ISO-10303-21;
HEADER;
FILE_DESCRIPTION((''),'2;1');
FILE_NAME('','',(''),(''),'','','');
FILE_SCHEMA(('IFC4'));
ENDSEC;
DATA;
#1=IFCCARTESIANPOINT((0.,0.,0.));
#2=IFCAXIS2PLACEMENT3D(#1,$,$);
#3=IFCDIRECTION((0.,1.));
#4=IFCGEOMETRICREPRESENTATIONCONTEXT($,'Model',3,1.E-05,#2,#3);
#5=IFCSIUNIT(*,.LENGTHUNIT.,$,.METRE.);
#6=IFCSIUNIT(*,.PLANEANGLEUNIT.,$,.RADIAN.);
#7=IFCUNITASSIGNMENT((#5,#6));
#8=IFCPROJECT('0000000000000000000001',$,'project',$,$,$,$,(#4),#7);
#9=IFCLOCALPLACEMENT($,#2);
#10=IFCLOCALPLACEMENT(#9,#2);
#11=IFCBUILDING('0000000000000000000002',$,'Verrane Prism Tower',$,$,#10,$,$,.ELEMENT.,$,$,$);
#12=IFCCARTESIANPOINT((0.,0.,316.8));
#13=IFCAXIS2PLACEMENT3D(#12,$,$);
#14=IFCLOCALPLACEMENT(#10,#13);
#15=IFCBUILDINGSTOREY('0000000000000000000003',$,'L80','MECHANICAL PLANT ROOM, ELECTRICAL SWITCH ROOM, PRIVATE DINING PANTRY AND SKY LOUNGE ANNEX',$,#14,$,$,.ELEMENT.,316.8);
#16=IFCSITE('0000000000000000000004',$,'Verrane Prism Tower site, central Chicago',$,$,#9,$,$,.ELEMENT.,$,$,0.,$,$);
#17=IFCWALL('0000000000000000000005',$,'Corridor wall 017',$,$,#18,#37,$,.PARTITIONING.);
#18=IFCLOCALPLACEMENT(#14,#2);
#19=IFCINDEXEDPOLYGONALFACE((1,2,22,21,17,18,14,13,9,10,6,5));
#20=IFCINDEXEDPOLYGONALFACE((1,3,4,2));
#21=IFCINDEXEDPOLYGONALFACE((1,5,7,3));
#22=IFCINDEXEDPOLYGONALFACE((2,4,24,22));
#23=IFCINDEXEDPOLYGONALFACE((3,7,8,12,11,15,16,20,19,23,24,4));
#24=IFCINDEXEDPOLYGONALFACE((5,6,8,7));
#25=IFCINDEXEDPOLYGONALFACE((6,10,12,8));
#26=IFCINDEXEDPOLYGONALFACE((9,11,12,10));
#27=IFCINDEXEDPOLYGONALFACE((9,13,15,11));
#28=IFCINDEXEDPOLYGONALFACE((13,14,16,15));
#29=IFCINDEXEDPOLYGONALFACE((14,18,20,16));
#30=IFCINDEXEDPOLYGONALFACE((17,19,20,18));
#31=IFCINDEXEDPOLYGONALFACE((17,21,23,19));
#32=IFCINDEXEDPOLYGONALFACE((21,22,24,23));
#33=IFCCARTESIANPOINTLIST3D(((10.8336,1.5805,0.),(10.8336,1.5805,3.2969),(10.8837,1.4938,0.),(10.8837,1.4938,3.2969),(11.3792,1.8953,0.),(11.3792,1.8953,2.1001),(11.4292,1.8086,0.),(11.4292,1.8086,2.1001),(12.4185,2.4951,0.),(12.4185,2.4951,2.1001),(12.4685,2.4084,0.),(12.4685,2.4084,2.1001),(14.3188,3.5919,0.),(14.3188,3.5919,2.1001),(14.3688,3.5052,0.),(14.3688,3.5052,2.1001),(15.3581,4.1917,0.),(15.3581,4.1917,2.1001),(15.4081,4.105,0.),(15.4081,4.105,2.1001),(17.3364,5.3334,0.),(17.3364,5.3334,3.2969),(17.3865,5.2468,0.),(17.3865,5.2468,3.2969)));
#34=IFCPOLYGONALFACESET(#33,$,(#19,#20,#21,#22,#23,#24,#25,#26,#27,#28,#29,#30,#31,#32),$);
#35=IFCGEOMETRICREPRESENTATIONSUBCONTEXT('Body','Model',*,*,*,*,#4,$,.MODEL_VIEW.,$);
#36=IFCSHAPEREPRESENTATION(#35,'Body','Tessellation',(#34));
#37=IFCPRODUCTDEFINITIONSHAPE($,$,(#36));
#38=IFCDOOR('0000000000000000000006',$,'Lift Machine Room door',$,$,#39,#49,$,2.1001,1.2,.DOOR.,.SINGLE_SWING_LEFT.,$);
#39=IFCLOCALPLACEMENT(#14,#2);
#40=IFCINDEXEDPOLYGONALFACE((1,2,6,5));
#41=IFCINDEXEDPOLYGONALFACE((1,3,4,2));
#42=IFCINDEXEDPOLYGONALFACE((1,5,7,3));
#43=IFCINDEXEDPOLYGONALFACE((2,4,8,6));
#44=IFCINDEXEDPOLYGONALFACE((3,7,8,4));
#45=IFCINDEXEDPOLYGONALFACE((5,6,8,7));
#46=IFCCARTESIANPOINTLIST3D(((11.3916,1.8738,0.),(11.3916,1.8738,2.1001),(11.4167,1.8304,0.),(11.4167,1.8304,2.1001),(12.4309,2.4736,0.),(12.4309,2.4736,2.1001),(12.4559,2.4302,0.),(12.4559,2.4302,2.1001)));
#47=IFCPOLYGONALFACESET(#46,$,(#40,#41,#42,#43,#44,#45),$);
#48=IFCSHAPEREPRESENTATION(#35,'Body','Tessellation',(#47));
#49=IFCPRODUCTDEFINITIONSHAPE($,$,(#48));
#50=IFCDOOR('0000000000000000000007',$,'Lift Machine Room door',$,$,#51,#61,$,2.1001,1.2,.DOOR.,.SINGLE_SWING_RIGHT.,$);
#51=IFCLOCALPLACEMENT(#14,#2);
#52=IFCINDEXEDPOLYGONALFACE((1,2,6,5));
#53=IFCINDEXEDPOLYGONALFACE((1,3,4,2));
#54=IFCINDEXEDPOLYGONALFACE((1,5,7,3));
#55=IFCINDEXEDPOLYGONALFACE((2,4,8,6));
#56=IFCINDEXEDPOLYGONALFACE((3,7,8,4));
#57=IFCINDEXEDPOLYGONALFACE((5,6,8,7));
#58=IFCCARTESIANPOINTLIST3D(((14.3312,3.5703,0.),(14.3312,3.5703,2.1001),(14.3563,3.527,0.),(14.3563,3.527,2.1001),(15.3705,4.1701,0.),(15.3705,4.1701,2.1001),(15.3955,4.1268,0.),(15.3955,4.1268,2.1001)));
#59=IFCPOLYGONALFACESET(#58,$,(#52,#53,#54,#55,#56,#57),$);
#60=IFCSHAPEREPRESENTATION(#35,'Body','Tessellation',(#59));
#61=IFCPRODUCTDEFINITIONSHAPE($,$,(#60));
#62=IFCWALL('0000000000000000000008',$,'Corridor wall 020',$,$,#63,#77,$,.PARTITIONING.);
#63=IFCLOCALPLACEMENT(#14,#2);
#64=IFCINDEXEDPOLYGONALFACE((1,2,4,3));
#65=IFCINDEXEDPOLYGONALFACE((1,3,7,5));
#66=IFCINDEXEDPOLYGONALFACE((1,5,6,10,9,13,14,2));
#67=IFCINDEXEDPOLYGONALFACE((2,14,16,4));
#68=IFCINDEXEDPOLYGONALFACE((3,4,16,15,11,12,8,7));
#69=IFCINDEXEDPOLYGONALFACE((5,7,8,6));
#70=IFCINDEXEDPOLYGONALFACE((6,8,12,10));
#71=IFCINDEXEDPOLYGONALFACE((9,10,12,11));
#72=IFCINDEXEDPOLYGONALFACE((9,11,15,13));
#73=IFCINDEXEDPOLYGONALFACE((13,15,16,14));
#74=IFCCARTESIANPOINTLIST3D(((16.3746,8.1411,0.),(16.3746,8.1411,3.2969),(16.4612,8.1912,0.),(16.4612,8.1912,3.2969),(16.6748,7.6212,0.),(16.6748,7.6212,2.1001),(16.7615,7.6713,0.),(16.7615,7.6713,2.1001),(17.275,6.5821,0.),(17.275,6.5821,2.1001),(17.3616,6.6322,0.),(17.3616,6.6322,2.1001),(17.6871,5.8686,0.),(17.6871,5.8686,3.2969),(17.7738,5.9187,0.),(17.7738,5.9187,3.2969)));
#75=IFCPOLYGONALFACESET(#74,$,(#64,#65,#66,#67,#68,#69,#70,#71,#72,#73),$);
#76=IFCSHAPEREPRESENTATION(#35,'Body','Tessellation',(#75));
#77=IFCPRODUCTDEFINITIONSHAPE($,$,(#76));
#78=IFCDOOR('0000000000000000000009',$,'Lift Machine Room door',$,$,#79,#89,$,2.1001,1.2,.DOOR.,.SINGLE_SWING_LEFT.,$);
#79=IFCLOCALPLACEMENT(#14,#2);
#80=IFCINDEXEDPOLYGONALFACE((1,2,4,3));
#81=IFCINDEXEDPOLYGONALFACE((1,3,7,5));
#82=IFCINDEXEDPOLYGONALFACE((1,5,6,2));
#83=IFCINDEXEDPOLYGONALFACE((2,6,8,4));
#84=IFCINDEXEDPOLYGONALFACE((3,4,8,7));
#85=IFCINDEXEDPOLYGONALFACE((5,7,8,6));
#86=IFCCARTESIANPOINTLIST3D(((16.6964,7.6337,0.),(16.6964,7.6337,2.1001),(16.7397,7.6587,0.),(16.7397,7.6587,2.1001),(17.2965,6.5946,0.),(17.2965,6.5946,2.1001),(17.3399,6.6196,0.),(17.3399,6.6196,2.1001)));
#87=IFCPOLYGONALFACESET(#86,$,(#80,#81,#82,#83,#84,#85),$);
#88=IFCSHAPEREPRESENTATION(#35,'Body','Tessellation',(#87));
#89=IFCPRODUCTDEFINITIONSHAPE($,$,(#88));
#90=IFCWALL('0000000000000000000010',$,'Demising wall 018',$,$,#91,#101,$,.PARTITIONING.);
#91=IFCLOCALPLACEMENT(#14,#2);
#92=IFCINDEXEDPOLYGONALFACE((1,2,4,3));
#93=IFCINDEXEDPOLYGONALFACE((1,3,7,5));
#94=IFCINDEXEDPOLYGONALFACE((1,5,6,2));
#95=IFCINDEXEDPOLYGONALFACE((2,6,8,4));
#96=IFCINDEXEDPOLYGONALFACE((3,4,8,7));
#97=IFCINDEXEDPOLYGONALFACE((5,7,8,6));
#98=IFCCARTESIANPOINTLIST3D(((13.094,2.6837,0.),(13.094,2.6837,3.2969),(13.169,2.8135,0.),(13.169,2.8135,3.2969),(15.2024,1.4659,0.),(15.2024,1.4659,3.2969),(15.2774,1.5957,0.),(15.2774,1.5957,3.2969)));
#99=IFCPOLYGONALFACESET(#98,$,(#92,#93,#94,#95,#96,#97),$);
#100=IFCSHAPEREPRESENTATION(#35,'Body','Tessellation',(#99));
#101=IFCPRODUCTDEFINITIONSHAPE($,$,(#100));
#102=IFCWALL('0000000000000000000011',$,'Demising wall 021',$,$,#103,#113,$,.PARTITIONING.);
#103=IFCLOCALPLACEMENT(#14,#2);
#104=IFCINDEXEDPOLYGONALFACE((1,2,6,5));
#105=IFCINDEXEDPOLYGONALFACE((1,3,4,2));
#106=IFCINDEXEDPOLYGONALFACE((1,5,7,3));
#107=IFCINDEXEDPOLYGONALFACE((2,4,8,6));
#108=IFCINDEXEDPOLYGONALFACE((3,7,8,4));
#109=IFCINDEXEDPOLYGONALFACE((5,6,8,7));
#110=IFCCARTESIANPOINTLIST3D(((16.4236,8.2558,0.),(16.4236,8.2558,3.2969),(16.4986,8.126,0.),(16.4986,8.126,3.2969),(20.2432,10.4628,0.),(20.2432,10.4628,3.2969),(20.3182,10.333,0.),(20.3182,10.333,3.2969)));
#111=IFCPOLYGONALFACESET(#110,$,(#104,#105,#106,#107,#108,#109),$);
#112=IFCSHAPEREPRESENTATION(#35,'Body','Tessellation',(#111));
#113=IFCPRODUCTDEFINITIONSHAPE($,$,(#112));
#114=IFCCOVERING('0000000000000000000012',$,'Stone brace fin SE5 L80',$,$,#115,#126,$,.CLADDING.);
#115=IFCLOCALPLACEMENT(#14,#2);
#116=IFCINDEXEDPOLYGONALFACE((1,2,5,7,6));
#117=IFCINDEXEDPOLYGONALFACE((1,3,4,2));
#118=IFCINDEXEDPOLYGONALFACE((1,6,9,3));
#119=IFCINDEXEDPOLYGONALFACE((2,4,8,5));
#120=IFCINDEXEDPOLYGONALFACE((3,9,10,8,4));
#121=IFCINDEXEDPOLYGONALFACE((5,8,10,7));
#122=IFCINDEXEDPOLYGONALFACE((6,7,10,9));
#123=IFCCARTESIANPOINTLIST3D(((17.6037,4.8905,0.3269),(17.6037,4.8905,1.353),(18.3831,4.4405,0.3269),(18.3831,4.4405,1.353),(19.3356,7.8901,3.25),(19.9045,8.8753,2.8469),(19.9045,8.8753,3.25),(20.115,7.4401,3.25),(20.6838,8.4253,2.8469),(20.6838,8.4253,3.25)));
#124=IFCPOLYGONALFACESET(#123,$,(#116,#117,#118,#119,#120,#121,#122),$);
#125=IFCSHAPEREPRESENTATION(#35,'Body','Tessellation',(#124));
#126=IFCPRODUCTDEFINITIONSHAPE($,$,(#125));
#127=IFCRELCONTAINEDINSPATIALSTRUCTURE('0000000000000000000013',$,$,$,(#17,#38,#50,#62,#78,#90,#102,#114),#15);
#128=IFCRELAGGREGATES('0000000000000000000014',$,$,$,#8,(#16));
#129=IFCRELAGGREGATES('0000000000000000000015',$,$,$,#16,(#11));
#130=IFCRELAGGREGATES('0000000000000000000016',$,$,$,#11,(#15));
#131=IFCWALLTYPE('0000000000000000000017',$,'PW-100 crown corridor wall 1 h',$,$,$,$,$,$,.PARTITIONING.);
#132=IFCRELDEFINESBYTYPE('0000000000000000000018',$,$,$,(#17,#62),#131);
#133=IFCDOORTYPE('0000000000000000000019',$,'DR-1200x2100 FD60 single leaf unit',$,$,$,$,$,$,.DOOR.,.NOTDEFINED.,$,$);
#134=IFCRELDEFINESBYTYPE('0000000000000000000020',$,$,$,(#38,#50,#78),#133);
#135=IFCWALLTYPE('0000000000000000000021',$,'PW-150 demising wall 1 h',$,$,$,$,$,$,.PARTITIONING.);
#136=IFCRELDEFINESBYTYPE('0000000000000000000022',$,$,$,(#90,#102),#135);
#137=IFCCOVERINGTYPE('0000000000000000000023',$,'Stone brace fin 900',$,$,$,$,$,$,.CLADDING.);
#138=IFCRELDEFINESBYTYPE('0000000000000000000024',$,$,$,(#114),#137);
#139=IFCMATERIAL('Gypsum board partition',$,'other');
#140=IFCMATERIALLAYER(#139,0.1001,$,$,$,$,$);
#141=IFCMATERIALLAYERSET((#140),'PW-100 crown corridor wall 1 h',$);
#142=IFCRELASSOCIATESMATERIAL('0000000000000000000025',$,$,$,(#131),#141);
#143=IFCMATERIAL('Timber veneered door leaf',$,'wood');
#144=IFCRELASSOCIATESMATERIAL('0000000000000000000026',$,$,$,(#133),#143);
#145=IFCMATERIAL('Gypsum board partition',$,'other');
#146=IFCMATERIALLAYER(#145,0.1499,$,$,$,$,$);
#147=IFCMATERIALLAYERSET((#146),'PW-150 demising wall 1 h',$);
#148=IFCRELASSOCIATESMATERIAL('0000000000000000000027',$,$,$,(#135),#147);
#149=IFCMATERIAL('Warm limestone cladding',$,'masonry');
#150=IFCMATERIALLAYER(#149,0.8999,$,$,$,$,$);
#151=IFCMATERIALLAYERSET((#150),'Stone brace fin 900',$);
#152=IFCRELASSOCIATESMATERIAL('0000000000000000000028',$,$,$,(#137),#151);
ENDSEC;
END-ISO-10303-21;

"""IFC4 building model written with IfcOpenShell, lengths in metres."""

from ifc_helpers import new_model, si_unit, direction, frame, frame_2d, origin, place, context, subcontext, project, spatial, polyline, rectangle, outline, extrude, material, layer, layer_set, type_object, element, fill, save


model = new_model("IFC4")

# Units and contexts
model_context = context("Model", 3, precision=1e-05, world=origin(), true_north=direction((0.0, 1.0)))
body_context = subcontext(model_context, "Body", "Model", "MODEL_VIEW")
ifc_project = project(units=[si_unit("LENGTHUNIT", "METRE"), si_unit("PLANEANGLEUNIT", "RADIAN")], contexts=[model_context])

# Site, building, storey
site_placement = place(None, origin())
site = spatial("IfcSite", under=ifc_project, at=site_placement, Name="Verrane Prism Tower site, central Chicago", CompositionType="ELEMENT", RefElevation=0.0)
building_placement = place(site_placement, origin())
building = spatial("IfcBuilding", under=site, at=building_placement, Name="Verrane Prism Tower", CompositionType="ELEMENT")
storey_placement = place(building_placement, frame((0.0, 0.0, 316.8)))
storey = spatial("IfcBuildingStorey", under=building, at=storey_placement, Name="L80", Description="MECHANICAL PLANT ROOM, ELECTRICAL SWITCH ROOM, PRIVATE DINING PANTRY AND SKY LOUNGE ANNEX", CompositionType="ELEMENT", Elevation=316.8)

# Wall, openings, doors
ifc_material_1 = material(Name="Gypsum board partition", Category="other")
ifc_layer_1 = layer(ifc_material_1, 0.1001)
ifc_layer_set_1 = layer_set([ifc_layer_1], Name="PW-100 crown corridor wall 1 h")
wall_type_1 = type_object("IfcWallType", Name="PW-100 crown corridor wall 1 h", PredefinedType="PARTITIONING", material=ifc_layer_set_1)
wall_1_placement = place(storey_placement, frame((17.3613, 5.29, 0.0), z_axis=(0.0, 0.0, 1.0), x_axis=(-0.866106, -0.49986, 0.0)))
wall_1 = element("IfcWall", 1, at=wall_1_placement, inside=storey, type_object=wall_type_1, Name="Corridor wall 017", PredefinedType="PARTITIONING", context=body_context, shape_type="SweptSolid", body=[
    extrude(rectangle(XDim=7.5081, YDim=0.1001, at=frame_2d((3.7539, 0.0))), origin(), (0.0, 0.0, 1.0), 3.2969),
])
opening_1_placement = place(wall_1_placement, frame((5.678, 0.0, 0.0)))
opening_1 = element("IfcOpeningElement", 2, at=opening_1_placement, cuts=wall_1, PredefinedType="OPENING", context=body_context, shape_type="SweptSolid", body=[
    extrude(rectangle(XDim=1.2, YDim=2.1001, at=frame_2d((0.6001, 1.05))), frame((0.0, 0.0601, 0.0), z_axis=(0.0, -1.0, 0.0), x_axis=(1.0, 0.0, 0.0)), (0.0, 0.0, 1.0), 0.1201),
])
opening_2_placement = place(wall_1_placement, frame((2.2839, 0.0, 0.0)))
opening_2 = element("IfcOpeningElement", 3, at=opening_2_placement, cuts=wall_1, PredefinedType="OPENING", context=body_context, shape_type="SweptSolid", body=[
    extrude(rectangle(XDim=1.2, YDim=2.1001, at=frame_2d((0.6001, 1.05))), frame((0.0, 0.0601, 0.0), z_axis=(0.0, -1.0, 0.0), x_axis=(1.0, 0.0, 0.0)), (0.0, 0.0, 1.0), 0.1201),
])
ifc_material_2 = material(Name="Timber veneered door leaf", Category="wood")
door_type_1 = type_object("IfcDoorType", Name="DR-1200x2100 FD60 single leaf unit", OperationType="NOTDEFINED", PredefinedType="DOOR", material=ifc_material_2)
door_1_placement = place(opening_1_placement, origin())
door_1 = element("IfcDoor", 4, at=door_1_placement, inside=storey, type_object=door_type_1, Name="Lift Machine Room door", OperationType="SINGLE_SWING_LEFT", OverallHeight=2.1001, OverallWidth=1.2, PredefinedType="DOOR", context=body_context, shape_type="SweptSolid", body=[
    extrude(rectangle(XDim=1.2, YDim=2.1001, at=frame_2d((0.6001, 1.05))), frame((0.0, 0.0249, 0.0), z_axis=(0.0, -1.0, 0.0), x_axis=(1.0, 0.0, 0.0)), (0.0, 0.0, 1.0), 0.05),
])
fill(opening_1, door_1)
door_2_placement = place(opening_2_placement, origin())
door_2 = element("IfcDoor", 5, at=door_2_placement, inside=storey, type_object=door_type_1, Name="Lift Machine Room door", OperationType="SINGLE_SWING_RIGHT", OverallHeight=2.1001, OverallWidth=1.2, PredefinedType="DOOR", context=body_context, shape_type="SweptSolid", body=[
    extrude(rectangle(XDim=1.2, YDim=2.1001, at=frame_2d((0.6001, 1.05))), frame((0.0, 0.0249, 0.0), z_axis=(0.0, -1.0, 0.0), x_axis=(1.0, 0.0, 0.0)), (0.0, 0.0, 1.0), 0.05),
])
fill(opening_2, door_2)

# Wall, opening, door
wall_2_placement = place(storey_placement, frame((16.418, 8.166, 0.0), z_axis=(0.0, 0.0, 1.0), x_axis=(0.500141, -0.865944, 0.0)))
wall_2 = element("IfcWall", 6, at=wall_2_placement, inside=storey, type_object=wall_type_1, Name="Corridor wall 020", PredefinedType="PARTITIONING", context=body_context, shape_type="SweptSolid", body=[
    extrude(rectangle(XDim=2.6243, YDim=0.1001, at=frame_2d((1.312, 0.0))), origin(), (0.0, 0.0, 1.0), 3.2969),
])
opening_3_placement = place(wall_2_placement, frame((0.6001, 0.0, 0.0)))
opening_3 = element("IfcOpeningElement", 7, at=opening_3_placement, cuts=wall_2, PredefinedType="OPENING", context=body_context, shape_type="SweptSolid", body=[
    extrude(rectangle(XDim=1.2, YDim=2.1001, at=frame_2d((0.6001, 1.05))), frame((0.0, 0.0601, 0.0), z_axis=(0.0, -1.0, 0.0), x_axis=(1.0, 0.0, 0.0)), (0.0, 0.0, 1.0), 0.1201),
])
door_3_placement = place(opening_3_placement, origin())
door_3 = element("IfcDoor", 8, at=door_3_placement, inside=storey, type_object=door_type_1, Name="Lift Machine Room door", OperationType="SINGLE_SWING_LEFT", OverallHeight=2.1001, OverallWidth=1.2, PredefinedType="DOOR", context=body_context, shape_type="SweptSolid", body=[
    extrude(rectangle(XDim=1.2, YDim=2.1001, at=frame_2d((0.6001, 1.05))), frame((0.0, 0.0249, 0.0), z_axis=(0.0, -1.0, 0.0), x_axis=(1.0, 0.0, 0.0)), (0.0, 0.0, 1.0), 0.05),
])
fill(opening_3, door_3)

# Walls
ifc_material_3 = material(Name="Gypsum board partition", Category="other")
ifc_layer_2 = layer(ifc_material_3, 0.1499)
ifc_layer_set_2 = layer_set([ifc_layer_2], Name="PW-150 demising wall 1 h")
wall_type_2 = type_object("IfcWallType", Name="PW-150 demising wall 1 h", PredefinedType="PARTITIONING", material=ifc_layer_set_2)
wall_3_placement = place(storey_placement, frame((13.1316, 2.7485, 0.0), z_axis=(0.0, 0.0, 1.0), x_axis=(0.865938, -0.500151, 0.0)))
element("IfcWall", 9, at=wall_3_placement, inside=storey, type_object=wall_type_2, Name="Demising wall 018", PredefinedType="PARTITIONING", context=body_context, shape_type="SweptSolid", body=[
    extrude(rectangle(XDim=2.4348, YDim=0.1499, at=frame_2d((1.2173, 0.0))), origin(), (0.0, 0.0, 1.0), 3.2969),
])
wall_4_placement = place(storey_placement, frame((16.4612, 8.1909, 0.0), z_axis=(0.0, 0.0, 1.0), x_axis=(0.865849, 0.500305, 0.0)))
element("IfcWall", 10, at=wall_4_placement, inside=storey, type_object=wall_type_2, Name="Demising wall 021", PredefinedType="PARTITIONING", context=body_context, shape_type="SweptSolid", body=[
    extrude(rectangle(XDim=4.4114, YDim=0.1499, at=frame_2d((2.2056, 0.0))), origin(), (0.0, 0.0, 1.0), 3.2969),
])

# Covering
ifc_material_4 = material(Name="Warm limestone cladding", Category="masonry")
ifc_layer_3 = layer(ifc_material_4, 0.8999)
ifc_layer_set_3 = layer_set([ifc_layer_3], Name="Stone brace fin 900")
covering_type = type_object("IfcCoveringType", Name="Stone brace fin 900", PredefinedType="CLADDING", material=ifc_layer_set_3)
covering_placement = place(storey_placement, frame((17.9934, 4.6655, 0.3269), z_axis=(0.0, 0.0, 1.0), x_axis=(0.500019, 0.866014, 0.0)))
element("IfcCovering", 11, at=covering_placement, inside=storey, type_object=covering_type, Name="Stone brace fin SE5 L80", PredefinedType="CLADDING", context=body_context, shape_type="SweptSolid", body=[
    extrude(outline(polyline([(4.6013, 2.9231), (3.4636, 2.9231), (0.0, 1.0261), (0.0, 0.0), (4.6013, 2.52), (4.6013, 2.9231)])), frame((0.0, 0.45, 0.0), z_axis=(0.0, -1.0, 0.0), x_axis=(1.0, 0.0, 0.0)), (0.0, 0.0, 1.0), 0.8999),
])

save(model, "model.ifc")
